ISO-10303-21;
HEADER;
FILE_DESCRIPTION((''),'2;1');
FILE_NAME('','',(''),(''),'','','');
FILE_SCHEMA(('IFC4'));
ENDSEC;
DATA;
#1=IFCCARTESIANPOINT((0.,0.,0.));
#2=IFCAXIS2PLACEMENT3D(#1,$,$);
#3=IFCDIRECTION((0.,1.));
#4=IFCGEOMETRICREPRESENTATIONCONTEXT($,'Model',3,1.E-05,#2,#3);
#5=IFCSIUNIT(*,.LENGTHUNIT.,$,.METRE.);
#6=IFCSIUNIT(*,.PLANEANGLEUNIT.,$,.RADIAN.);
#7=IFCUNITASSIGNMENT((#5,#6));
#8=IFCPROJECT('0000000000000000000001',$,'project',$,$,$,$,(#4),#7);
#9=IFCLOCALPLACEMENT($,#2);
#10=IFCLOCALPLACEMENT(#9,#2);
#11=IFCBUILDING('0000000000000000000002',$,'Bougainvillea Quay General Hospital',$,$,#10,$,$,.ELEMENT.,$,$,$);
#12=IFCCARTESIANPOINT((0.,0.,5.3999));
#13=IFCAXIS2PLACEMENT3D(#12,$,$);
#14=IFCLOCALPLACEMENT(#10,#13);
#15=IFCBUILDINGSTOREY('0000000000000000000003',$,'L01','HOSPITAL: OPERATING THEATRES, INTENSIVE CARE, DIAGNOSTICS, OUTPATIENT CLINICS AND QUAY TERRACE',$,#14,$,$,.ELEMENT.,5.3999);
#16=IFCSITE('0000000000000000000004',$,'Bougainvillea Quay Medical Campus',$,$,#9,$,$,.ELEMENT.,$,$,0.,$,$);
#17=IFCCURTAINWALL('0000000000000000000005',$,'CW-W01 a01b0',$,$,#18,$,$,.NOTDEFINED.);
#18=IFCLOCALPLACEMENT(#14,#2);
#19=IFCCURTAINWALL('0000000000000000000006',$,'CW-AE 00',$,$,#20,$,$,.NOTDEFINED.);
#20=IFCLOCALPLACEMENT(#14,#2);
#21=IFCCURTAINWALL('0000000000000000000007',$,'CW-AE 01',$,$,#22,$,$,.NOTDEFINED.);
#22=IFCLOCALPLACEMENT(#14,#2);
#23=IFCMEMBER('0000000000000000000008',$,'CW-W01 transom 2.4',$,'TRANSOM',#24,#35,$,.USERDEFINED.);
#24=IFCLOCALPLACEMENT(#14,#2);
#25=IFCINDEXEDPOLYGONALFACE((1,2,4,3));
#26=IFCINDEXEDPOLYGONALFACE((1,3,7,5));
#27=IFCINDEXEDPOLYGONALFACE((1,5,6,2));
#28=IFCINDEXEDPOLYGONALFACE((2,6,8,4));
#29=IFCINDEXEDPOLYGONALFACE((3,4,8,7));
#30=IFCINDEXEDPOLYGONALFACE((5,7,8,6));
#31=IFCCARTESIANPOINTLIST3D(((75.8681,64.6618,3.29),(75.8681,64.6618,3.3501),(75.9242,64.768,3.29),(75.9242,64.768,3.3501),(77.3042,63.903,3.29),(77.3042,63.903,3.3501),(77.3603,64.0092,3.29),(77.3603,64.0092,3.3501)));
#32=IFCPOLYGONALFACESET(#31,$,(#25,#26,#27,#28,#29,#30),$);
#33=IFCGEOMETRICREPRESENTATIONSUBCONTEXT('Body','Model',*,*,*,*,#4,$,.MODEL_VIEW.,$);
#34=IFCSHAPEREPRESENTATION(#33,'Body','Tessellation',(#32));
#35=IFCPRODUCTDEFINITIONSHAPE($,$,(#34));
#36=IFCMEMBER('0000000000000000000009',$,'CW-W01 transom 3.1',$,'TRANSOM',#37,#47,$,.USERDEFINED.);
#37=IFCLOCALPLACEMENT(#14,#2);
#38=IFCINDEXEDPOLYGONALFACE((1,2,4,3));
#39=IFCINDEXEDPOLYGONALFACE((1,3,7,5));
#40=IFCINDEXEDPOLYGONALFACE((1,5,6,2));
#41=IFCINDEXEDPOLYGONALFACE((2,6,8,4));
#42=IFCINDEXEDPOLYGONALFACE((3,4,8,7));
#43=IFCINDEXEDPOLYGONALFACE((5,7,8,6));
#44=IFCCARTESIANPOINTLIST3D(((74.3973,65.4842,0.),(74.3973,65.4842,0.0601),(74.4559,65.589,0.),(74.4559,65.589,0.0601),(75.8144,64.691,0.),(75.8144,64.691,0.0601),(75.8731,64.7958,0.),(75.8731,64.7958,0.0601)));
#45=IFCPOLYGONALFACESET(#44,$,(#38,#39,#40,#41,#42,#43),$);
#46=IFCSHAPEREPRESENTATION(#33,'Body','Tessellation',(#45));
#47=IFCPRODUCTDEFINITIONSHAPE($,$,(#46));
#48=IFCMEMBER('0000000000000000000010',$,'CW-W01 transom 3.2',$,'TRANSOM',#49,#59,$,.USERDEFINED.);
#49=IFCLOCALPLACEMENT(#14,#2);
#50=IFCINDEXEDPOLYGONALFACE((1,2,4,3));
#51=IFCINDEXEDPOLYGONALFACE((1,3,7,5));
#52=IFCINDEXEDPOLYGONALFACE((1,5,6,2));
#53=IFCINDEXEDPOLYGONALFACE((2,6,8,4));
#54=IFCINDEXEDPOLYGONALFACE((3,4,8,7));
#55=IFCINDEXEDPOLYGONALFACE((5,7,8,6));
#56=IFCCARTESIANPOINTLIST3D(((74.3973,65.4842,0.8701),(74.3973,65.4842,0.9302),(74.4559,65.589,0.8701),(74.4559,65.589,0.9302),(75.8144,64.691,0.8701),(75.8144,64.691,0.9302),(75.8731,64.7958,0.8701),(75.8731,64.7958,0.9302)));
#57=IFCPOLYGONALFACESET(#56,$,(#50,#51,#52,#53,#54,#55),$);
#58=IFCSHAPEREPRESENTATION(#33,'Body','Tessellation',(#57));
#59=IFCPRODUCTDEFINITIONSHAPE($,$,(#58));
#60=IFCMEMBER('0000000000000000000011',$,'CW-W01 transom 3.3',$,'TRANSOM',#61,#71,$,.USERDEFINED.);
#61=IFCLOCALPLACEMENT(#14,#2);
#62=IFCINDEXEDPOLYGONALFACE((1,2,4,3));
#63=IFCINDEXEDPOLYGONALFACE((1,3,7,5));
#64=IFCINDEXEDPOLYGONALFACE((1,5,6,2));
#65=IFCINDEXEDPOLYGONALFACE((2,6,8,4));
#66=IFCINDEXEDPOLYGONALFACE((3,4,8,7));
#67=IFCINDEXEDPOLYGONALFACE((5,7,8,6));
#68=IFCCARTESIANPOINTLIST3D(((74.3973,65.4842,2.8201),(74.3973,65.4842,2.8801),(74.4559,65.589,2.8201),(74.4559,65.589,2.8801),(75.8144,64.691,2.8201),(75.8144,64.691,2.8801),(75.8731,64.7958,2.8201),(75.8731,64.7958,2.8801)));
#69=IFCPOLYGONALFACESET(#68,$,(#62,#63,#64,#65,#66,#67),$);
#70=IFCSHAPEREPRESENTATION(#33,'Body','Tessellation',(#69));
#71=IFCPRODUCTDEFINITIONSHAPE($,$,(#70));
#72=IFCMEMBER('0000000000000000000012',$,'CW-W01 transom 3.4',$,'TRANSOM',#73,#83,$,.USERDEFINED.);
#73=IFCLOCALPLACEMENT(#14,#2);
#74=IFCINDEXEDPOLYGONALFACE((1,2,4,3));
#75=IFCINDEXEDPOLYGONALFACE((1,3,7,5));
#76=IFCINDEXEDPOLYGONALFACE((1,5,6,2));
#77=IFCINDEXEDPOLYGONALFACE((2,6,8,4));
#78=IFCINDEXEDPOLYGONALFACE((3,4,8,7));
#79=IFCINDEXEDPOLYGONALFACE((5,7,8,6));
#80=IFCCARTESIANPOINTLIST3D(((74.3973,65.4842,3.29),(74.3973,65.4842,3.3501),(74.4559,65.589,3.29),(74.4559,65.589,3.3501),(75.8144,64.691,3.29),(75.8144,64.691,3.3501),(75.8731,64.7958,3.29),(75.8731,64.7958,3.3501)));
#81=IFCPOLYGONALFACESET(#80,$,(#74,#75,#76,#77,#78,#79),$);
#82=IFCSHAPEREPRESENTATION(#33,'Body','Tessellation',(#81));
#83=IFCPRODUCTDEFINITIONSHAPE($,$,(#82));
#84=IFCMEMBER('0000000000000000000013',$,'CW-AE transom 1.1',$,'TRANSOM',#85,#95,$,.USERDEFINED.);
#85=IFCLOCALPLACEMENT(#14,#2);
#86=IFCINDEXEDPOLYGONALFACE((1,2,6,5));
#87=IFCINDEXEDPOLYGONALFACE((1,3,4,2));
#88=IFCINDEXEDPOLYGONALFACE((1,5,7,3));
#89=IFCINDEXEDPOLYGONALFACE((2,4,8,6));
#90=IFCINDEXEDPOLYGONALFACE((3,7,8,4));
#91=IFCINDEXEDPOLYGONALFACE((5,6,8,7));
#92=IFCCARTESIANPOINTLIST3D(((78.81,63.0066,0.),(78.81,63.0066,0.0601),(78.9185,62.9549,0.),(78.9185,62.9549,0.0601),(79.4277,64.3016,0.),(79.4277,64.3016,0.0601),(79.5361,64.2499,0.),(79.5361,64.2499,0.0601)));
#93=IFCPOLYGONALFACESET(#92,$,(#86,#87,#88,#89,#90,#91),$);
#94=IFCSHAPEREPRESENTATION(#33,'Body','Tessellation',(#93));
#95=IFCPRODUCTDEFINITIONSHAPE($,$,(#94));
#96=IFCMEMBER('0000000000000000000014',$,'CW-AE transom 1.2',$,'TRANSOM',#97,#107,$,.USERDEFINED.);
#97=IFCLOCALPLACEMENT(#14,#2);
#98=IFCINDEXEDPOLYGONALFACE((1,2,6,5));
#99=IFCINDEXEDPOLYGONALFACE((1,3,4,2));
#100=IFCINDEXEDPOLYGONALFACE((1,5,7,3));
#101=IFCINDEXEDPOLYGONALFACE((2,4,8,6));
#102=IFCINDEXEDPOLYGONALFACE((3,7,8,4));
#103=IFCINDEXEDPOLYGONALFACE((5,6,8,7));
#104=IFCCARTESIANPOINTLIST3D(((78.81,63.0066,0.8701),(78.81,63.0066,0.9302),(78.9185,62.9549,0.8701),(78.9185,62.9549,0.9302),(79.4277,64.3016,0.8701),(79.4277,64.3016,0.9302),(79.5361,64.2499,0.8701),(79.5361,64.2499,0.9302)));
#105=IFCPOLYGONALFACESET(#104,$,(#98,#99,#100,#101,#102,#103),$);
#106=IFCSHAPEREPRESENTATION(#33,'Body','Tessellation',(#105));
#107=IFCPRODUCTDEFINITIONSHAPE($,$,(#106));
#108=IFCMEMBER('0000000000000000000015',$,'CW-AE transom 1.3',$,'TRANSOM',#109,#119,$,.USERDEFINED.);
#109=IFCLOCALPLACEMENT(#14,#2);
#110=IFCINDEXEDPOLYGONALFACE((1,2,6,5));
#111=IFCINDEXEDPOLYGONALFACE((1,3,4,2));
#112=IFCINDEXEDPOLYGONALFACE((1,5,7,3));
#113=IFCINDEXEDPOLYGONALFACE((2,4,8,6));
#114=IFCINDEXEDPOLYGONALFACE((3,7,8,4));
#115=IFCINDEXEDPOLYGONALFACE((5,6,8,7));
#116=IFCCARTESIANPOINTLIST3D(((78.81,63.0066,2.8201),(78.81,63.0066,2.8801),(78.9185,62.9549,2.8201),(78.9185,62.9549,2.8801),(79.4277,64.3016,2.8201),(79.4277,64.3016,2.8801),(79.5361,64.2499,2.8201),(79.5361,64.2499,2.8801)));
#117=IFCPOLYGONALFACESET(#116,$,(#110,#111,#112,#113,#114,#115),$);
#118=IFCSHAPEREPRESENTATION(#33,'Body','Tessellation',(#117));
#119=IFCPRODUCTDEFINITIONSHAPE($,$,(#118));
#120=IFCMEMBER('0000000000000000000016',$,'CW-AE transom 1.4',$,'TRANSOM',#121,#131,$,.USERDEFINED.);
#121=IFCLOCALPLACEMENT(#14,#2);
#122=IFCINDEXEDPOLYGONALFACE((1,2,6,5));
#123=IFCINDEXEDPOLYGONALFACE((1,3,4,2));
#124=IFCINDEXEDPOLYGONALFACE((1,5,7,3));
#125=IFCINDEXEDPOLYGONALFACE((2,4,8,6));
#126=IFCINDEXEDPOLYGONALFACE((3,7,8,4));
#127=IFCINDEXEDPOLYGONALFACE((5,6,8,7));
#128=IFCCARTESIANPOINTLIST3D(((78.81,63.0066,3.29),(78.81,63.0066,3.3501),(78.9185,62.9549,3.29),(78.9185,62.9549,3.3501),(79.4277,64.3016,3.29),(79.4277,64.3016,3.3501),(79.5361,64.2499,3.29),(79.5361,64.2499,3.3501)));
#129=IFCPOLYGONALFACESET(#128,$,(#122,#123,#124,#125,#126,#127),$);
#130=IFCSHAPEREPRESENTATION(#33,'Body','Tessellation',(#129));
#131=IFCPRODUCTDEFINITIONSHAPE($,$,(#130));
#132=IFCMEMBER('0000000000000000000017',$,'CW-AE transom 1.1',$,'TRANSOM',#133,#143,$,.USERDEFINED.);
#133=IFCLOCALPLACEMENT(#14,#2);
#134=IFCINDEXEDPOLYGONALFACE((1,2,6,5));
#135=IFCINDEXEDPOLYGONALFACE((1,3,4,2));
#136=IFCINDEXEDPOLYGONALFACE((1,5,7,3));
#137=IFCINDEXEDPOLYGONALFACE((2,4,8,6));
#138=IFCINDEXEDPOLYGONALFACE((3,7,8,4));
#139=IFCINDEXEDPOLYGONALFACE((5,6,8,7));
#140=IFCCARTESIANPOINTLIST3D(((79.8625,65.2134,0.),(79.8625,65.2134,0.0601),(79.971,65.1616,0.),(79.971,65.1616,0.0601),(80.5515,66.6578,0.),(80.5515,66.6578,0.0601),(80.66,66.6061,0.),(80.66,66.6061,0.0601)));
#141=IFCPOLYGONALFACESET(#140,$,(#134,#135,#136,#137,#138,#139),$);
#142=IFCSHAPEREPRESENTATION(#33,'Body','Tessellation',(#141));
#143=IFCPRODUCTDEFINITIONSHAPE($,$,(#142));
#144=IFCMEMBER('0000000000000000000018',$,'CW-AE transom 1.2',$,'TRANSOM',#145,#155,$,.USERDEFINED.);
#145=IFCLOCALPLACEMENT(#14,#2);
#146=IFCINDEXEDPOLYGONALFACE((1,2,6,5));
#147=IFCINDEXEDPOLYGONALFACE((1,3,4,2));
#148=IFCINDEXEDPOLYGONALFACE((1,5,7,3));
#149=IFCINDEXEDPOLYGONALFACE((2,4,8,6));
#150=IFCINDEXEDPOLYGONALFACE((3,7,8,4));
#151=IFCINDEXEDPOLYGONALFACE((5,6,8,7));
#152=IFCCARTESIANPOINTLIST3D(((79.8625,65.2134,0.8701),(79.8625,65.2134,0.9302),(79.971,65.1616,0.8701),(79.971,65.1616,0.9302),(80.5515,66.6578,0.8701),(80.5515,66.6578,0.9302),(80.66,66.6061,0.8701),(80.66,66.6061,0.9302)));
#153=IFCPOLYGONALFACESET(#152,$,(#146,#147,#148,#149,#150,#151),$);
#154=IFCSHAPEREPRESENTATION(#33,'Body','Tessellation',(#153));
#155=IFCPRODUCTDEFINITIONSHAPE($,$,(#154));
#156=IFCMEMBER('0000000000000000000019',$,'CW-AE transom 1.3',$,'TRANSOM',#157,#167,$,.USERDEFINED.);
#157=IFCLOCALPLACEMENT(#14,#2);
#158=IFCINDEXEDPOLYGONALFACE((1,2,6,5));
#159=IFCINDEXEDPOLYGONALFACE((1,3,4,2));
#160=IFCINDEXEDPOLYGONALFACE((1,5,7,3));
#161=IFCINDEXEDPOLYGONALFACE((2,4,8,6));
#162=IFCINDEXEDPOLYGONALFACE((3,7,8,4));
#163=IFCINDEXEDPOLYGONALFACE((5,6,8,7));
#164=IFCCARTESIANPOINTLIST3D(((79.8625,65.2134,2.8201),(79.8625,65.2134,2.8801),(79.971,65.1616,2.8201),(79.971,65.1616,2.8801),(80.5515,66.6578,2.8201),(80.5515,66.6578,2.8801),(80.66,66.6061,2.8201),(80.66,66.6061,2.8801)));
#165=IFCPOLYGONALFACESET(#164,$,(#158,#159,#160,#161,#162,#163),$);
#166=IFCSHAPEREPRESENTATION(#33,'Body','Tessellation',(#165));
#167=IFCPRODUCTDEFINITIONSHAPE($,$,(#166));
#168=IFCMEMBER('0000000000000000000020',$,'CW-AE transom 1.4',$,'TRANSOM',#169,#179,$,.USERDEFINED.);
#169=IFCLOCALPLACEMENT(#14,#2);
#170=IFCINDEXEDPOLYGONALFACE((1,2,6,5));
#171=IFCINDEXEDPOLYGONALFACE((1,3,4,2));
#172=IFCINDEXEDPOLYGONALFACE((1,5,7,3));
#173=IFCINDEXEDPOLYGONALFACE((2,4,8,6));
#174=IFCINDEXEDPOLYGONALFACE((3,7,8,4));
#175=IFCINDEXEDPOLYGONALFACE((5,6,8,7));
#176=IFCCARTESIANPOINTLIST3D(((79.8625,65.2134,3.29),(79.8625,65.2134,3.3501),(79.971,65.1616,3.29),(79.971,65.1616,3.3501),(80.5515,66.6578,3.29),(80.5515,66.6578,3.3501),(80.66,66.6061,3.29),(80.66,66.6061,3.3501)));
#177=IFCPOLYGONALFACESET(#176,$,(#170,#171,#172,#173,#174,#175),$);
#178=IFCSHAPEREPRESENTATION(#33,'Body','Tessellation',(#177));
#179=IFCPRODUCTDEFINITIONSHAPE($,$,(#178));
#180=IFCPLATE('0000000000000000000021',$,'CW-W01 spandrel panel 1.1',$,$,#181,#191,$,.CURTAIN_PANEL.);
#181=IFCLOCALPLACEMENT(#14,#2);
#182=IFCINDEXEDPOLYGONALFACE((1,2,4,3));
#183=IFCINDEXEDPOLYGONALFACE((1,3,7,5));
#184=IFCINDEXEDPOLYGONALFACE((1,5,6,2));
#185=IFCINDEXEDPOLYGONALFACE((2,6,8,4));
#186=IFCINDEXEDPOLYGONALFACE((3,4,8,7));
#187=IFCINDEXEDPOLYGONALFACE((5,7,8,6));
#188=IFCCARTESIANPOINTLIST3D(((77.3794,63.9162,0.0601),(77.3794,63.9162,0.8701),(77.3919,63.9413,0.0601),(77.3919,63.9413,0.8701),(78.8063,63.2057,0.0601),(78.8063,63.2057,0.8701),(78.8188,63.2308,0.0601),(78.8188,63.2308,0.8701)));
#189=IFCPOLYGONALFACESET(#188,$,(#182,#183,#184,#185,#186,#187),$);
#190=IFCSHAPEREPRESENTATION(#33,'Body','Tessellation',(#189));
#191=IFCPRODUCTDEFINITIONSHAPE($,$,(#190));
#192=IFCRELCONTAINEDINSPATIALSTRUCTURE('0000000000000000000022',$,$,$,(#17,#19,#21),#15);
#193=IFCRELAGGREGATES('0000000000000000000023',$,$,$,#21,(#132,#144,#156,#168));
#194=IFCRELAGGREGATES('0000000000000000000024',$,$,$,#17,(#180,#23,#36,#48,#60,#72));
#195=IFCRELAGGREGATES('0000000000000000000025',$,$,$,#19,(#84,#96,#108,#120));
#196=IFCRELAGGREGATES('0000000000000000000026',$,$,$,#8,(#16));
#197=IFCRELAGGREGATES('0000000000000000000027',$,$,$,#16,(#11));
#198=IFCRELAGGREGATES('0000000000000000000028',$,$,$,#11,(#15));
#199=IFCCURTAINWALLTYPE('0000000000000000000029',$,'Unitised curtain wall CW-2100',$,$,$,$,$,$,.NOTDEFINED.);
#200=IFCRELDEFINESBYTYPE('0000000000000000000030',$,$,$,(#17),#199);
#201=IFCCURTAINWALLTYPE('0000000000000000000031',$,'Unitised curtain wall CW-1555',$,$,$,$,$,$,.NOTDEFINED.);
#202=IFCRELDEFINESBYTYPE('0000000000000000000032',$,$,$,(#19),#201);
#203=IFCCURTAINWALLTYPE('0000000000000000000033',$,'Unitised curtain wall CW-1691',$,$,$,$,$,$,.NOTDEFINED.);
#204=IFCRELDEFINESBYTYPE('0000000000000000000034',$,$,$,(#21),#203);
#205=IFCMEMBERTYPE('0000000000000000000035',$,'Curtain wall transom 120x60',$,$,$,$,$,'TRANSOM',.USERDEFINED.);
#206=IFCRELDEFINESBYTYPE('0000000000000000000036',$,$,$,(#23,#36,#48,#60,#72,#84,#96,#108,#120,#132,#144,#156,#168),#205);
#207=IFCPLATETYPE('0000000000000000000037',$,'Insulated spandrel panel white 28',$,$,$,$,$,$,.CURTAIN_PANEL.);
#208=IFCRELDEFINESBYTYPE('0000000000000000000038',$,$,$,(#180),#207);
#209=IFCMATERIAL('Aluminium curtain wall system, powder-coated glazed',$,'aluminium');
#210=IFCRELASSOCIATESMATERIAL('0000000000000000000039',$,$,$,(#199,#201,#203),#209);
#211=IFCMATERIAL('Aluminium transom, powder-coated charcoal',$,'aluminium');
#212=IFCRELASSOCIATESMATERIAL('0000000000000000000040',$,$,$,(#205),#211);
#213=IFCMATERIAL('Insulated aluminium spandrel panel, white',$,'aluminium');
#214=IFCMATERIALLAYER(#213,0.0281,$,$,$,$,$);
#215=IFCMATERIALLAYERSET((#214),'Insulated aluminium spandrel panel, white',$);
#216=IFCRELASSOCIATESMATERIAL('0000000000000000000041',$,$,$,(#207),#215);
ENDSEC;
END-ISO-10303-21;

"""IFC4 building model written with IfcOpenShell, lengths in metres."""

from ifc_helpers import new_model, si_unit, direction, frame, origin, origin_2d, place, context, subcontext, project, spatial, rectangle, extrude, material, layer, layer_set, material_profile, profile_set, type_object, element, aggregate, save


model = new_model("IFC4")

# Units and contexts
model_context = context("Model", 3, precision=1e-05, world=origin(), true_north=direction((0.0, 1.0)))
body_context = subcontext(model_context, "Body", "Model", "MODEL_VIEW")
ifc_project = project(units=[si_unit("LENGTHUNIT", "METRE"), si_unit("PLANEANGLEUNIT", "RADIAN")], contexts=[model_context])

# Site, building, storey
site_placement = place(None, origin())
site = spatial("IfcSite", under=ifc_project, at=site_placement, Name="Bougainvillea Quay Medical Campus", CompositionType="ELEMENT", RefElevation=0.0)
building_placement = place(site_placement, origin())
building = spatial("IfcBuilding", under=site, at=building_placement, Name="Bougainvillea Quay General Hospital", CompositionType="ELEMENT")
storey_placement = place(building_placement, frame((0.0, 0.0, 5.3999)))
storey = spatial("IfcBuildingStorey", under=building, at=storey_placement, Name="L01", Description="HOSPITAL: OPERATING THEATRES, INTENSIVE CARE, DIAGNOSTICS, OUTPATIENT CLINICS AND QUAY TERRACE", CompositionType="ELEMENT", Elevation=5.3999)

# Curtain walls
ifc_material_1 = material(Name="Aluminium curtain wall system, powder-coated glazed", Category="aluminium")
curtain_wall_type_1 = type_object("IfcCurtainWallType", Name="Unitised curtain wall CW-2100", PredefinedType="NOTDEFINED", material=ifc_material_1)
curtain_wall_1_placement = place(storey_placement, origin())
curtain_wall_1 = element("IfcCurtainWall", 1, at=curtain_wall_1_placement, inside=storey, type_object=curtain_wall_type_1, Name="CW-W01 a01b0", PredefinedType="NOTDEFINED")
curtain_wall_type_2 = type_object("IfcCurtainWallType", Name="Unitised curtain wall CW-1555", PredefinedType="NOTDEFINED", material=ifc_material_1)
curtain_wall_2_placement = place(storey_placement, origin())
curtain_wall_2 = element("IfcCurtainWall", 2, at=curtain_wall_2_placement, inside=storey, type_object=curtain_wall_type_2, Name="CW-AE 00", PredefinedType="NOTDEFINED")

# Curtain wall
curtain_wall_type_3 = type_object("IfcCurtainWallType", Name="Unitised curtain wall CW-1691", PredefinedType="NOTDEFINED", material=ifc_material_1)
curtain_wall_3_placement = place(storey_placement, origin())
curtain_wall_3 = element("IfcCurtainWall", 3, at=curtain_wall_3_placement, inside=storey, type_object=curtain_wall_type_3, Name="CW-AE 01", PredefinedType="NOTDEFINED")

# Members
ifc_material_2 = material(Name="Aluminium transom, powder-coated charcoal", Category="aluminium")
ifc_material_profile_1 = material_profile(ifc_material_2, rectangle(XDim=0.1201, YDim=0.0601, at=origin_2d()))
ifc_profile_set_1 = profile_set([ifc_material_profile_1], Name="Aluminium transom, powder-coated charcoal")
member_type_1 = type_object("IfcMemberType", Name="Curtain wall transom 120x60", ElementType="TRANSOM", PredefinedType="USERDEFINED", material=ifc_profile_set_1)
member_1_placement = place(storey_placement, frame((77.3323, 63.9561, 3.3201), z_axis=(-0.884161, 0.467183, 0.0), x_axis=(-0.467183, -0.884161, 0.0)))
member_1 = element("IfcMember", 4, at=member_1_placement, type_object=member_type_1, Name="CW-W01 transom 2.4", ObjectType="TRANSOM", PredefinedType="USERDEFINED", context=body_context, shape_type="SweptSolid", body=[
    extrude(rectangle(XDim=0.1201, YDim=0.0601, at=origin_2d()), origin(), (0.0, 0.0, 1.0), 1.6243),
])
member_2_placement = place(storey_placement, frame((75.8438, 64.7434, 0.03), z_axis=(-0.872621, 0.488397, 0.0), x_axis=(-0.488397, -0.872621, 0.0)))
member_2 = element("IfcMember", 5, at=member_2_placement, type_object=member_type_1, Name="CW-W01 transom 3.1", ObjectType="TRANSOM", PredefinedType="USERDEFINED", context=body_context, shape_type="SweptSolid", body=[
    extrude(rectangle(XDim=0.1201, YDim=0.0601, at=origin_2d()), origin(), (0.0, 0.0, 1.0), 1.624),
])
member_3_placement = place(storey_placement, frame((75.8438, 64.7434, 0.9001), z_axis=(-0.872621, 0.488397, 0.0), x_axis=(-0.488397, -0.872621, 0.0)))
member_3 = element("IfcMember", 6, at=member_3_placement, type_object=member_type_1, Name="CW-W01 transom 3.2", ObjectType="TRANSOM", PredefinedType="USERDEFINED", context=body_context, shape_type="SweptSolid", body=[
    extrude(rectangle(XDim=0.1201, YDim=0.0601, at=origin_2d()), origin(), (0.0, 0.0, 1.0), 1.624),
])
member_4_placement = place(storey_placement, frame((75.8438, 64.7434, 2.8501), z_axis=(-0.872621, 0.488397, 0.0), x_axis=(-0.488397, -0.872621, 0.0)))
member_4 = element("IfcMember", 7, at=member_4_placement, type_object=member_type_1, Name="CW-W01 transom 3.3", ObjectType="TRANSOM", PredefinedType="USERDEFINED", context=body_context, shape_type="SweptSolid", body=[
    extrude(rectangle(XDim=0.1201, YDim=0.0601, at=origin_2d()), origin(), (0.0, 0.0, 1.0), 1.624),
])
member_5_placement = place(storey_placement, frame((75.8438, 64.7434, 3.3201), z_axis=(-0.872621, 0.488397, 0.0), x_axis=(-0.488397, -0.872621, 0.0)))
member_5 = element("IfcMember", 8, at=member_5_placement, type_object=member_type_1, Name="CW-W01 transom 3.4", ObjectType="TRANSOM", PredefinedType="USERDEFINED", context=body_context, shape_type="SweptSolid", body=[
    extrude(rectangle(XDim=0.1201, YDim=0.0601, at=origin_2d()), origin(), (0.0, 0.0, 1.0), 1.624),
])
member_6_placement = place(storey_placement, frame((78.8643, 62.9807, 0.03), z_axis=(0.430462, 0.902609, 0.0), x_axis=(-0.902609, 0.430462, 0.0)))
member_6 = element("IfcMember", 9, at=member_6_placement, type_object=member_type_1, Name="CW-AE transom 1.1", ObjectType="TRANSOM", PredefinedType="USERDEFINED", context=body_context, shape_type="SweptSolid", body=[
    extrude(rectangle(XDim=0.1201, YDim=0.0601, at=origin_2d()), origin(), (0.0, 0.0, 1.0), 1.4348),
])
member_7_placement = place(storey_placement, frame((78.8643, 62.9807, 0.9001), z_axis=(0.430462, 0.902609, 0.0), x_axis=(-0.902609, 0.430462, 0.0)))
member_7 = element("IfcMember", 10, at=member_7_placement, type_object=member_type_1, Name="CW-AE transom 1.2", ObjectType="TRANSOM", PredefinedType="USERDEFINED", context=body_context, shape_type="SweptSolid", body=[
    extrude(rectangle(XDim=0.1201, YDim=0.0601, at=origin_2d()), origin(), (0.0, 0.0, 1.0), 1.4348),
])
member_8_placement = place(storey_placement, frame((78.8643, 62.9807, 2.8501), z_axis=(0.430462, 0.902609, 0.0), x_axis=(-0.902609, 0.430462, 0.0)))
member_8 = element("IfcMember", 11, at=member_8_placement, type_object=member_type_1, Name="CW-AE transom 1.3", ObjectType="TRANSOM", PredefinedType="USERDEFINED", context=body_context, shape_type="SweptSolid", body=[
    extrude(rectangle(XDim=0.1201, YDim=0.0601, at=origin_2d()), origin(), (0.0, 0.0, 1.0), 1.4348),
])
member_9_placement = place(storey_placement, frame((78.8643, 62.9807, 3.3201), z_axis=(0.430462, 0.902609, 0.0), x_axis=(-0.902609, 0.430462, 0.0)))
member_9 = element("IfcMember", 12, at=member_9_placement, type_object=member_type_1, Name="CW-AE transom 1.4", ObjectType="TRANSOM", PredefinedType="USERDEFINED", context=body_context, shape_type="SweptSolid", body=[
    extrude(rectangle(XDim=0.1201, YDim=0.0601, at=origin_2d()), origin(), (0.0, 0.0, 1.0), 1.4348),
])
member_10_placement = place(storey_placement, frame((79.9167, 65.1875, 0.03), z_axis=(0.430538, 0.902573, 0.0), x_axis=(-0.902573, 0.430538, 0.0)))
member_10 = element("IfcMember", 13, at=member_10_placement, type_object=member_type_1, Name="CW-AE transom 1.1", ObjectType="TRANSOM", PredefinedType="USERDEFINED", context=body_context, shape_type="SweptSolid", body=[
    extrude(rectangle(XDim=0.1201, YDim=0.0601, at=origin_2d()), origin(), (0.0, 0.0, 1.0), 1.6003),
])
member_11_placement = place(storey_placement, frame((79.9167, 65.1875, 0.9001), z_axis=(0.430538, 0.902573, 0.0), x_axis=(-0.902573, 0.430538, 0.0)))
member_11 = element("IfcMember", 14, at=member_11_placement, type_object=member_type_1, Name="CW-AE transom 1.2", ObjectType="TRANSOM", PredefinedType="USERDEFINED", context=body_context, shape_type="SweptSolid", body=[
    extrude(rectangle(XDim=0.1201, YDim=0.0601, at=origin_2d()), origin(), (0.0, 0.0, 1.0), 1.6003),
])
member_12_placement = place(storey_placement, frame((79.9167, 65.1875, 2.8501), z_axis=(0.430538, 0.902573, 0.0), x_axis=(-0.902573, 0.430538, 0.0)))
member_12 = element("IfcMember", 15, at=member_12_placement, type_object=member_type_1, Name="CW-AE transom 1.3", ObjectType="TRANSOM", PredefinedType="USERDEFINED", context=body_context, shape_type="SweptSolid", body=[
    extrude(rectangle(XDim=0.1201, YDim=0.0601, at=origin_2d()), origin(), (0.0, 0.0, 1.0), 1.6003),
])
member_13_placement = place(storey_placement, frame((79.9167, 65.1875, 3.3201), z_axis=(0.430538, 0.902573, 0.0), x_axis=(-0.902573, 0.430538, 0.0)))
member_13 = element("IfcMember", 16, at=member_13_placement, type_object=member_type_1, Name="CW-AE transom 1.4", ObjectType="TRANSOM", PredefinedType="USERDEFINED", context=body_context, shape_type="SweptSolid", body=[
    extrude(rectangle(XDim=0.1201, YDim=0.0601, at=origin_2d()), origin(), (0.0, 0.0, 1.0), 1.6003),
])
aggregate(curtain_wall_3, [member_10, member_11, member_12, member_13])

# Plate
ifc_material_3 = material(Name="Insulated aluminium spandrel panel, white", Category="aluminium")
ifc_layer_1 = layer(ifc_material_3, 0.0281)
ifc_layer_set_1 = layer_set([ifc_layer_1], Name="Insulated aluminium spandrel panel, white")
plate_type_1 = type_object("IfcPlateType", Name="Insulated spandrel panel white 28", PredefinedType="CURTAIN_PANEL", material=ifc_layer_set_1)
plate_1_placement = place(storey_placement, frame((78.0991, 63.5735, 0.0601), z_axis=(0.0, 0.0, 1.0), x_axis=(-0.895167, 0.445731, 0.0)))
plate_1 = element("IfcPlate", 17, at=plate_1_placement, type_object=plate_type_1, Name="CW-W01 spandrel panel 1.1", PredefinedType="CURTAIN_PANEL", context=body_context, shape_type="SweptSolid", body=[
    extrude(rectangle(XDim=1.594, YDim=0.0281, at=origin_2d()), origin(), (0.0, 0.0, 1.0), 0.8101),
])
aggregate(curtain_wall_1, [plate_1, member_1, member_2, member_3, member_4, member_5])
aggregate(curtain_wall_2, [member_6, member_7, member_8, member_9])

save(model, "model.ifc")
